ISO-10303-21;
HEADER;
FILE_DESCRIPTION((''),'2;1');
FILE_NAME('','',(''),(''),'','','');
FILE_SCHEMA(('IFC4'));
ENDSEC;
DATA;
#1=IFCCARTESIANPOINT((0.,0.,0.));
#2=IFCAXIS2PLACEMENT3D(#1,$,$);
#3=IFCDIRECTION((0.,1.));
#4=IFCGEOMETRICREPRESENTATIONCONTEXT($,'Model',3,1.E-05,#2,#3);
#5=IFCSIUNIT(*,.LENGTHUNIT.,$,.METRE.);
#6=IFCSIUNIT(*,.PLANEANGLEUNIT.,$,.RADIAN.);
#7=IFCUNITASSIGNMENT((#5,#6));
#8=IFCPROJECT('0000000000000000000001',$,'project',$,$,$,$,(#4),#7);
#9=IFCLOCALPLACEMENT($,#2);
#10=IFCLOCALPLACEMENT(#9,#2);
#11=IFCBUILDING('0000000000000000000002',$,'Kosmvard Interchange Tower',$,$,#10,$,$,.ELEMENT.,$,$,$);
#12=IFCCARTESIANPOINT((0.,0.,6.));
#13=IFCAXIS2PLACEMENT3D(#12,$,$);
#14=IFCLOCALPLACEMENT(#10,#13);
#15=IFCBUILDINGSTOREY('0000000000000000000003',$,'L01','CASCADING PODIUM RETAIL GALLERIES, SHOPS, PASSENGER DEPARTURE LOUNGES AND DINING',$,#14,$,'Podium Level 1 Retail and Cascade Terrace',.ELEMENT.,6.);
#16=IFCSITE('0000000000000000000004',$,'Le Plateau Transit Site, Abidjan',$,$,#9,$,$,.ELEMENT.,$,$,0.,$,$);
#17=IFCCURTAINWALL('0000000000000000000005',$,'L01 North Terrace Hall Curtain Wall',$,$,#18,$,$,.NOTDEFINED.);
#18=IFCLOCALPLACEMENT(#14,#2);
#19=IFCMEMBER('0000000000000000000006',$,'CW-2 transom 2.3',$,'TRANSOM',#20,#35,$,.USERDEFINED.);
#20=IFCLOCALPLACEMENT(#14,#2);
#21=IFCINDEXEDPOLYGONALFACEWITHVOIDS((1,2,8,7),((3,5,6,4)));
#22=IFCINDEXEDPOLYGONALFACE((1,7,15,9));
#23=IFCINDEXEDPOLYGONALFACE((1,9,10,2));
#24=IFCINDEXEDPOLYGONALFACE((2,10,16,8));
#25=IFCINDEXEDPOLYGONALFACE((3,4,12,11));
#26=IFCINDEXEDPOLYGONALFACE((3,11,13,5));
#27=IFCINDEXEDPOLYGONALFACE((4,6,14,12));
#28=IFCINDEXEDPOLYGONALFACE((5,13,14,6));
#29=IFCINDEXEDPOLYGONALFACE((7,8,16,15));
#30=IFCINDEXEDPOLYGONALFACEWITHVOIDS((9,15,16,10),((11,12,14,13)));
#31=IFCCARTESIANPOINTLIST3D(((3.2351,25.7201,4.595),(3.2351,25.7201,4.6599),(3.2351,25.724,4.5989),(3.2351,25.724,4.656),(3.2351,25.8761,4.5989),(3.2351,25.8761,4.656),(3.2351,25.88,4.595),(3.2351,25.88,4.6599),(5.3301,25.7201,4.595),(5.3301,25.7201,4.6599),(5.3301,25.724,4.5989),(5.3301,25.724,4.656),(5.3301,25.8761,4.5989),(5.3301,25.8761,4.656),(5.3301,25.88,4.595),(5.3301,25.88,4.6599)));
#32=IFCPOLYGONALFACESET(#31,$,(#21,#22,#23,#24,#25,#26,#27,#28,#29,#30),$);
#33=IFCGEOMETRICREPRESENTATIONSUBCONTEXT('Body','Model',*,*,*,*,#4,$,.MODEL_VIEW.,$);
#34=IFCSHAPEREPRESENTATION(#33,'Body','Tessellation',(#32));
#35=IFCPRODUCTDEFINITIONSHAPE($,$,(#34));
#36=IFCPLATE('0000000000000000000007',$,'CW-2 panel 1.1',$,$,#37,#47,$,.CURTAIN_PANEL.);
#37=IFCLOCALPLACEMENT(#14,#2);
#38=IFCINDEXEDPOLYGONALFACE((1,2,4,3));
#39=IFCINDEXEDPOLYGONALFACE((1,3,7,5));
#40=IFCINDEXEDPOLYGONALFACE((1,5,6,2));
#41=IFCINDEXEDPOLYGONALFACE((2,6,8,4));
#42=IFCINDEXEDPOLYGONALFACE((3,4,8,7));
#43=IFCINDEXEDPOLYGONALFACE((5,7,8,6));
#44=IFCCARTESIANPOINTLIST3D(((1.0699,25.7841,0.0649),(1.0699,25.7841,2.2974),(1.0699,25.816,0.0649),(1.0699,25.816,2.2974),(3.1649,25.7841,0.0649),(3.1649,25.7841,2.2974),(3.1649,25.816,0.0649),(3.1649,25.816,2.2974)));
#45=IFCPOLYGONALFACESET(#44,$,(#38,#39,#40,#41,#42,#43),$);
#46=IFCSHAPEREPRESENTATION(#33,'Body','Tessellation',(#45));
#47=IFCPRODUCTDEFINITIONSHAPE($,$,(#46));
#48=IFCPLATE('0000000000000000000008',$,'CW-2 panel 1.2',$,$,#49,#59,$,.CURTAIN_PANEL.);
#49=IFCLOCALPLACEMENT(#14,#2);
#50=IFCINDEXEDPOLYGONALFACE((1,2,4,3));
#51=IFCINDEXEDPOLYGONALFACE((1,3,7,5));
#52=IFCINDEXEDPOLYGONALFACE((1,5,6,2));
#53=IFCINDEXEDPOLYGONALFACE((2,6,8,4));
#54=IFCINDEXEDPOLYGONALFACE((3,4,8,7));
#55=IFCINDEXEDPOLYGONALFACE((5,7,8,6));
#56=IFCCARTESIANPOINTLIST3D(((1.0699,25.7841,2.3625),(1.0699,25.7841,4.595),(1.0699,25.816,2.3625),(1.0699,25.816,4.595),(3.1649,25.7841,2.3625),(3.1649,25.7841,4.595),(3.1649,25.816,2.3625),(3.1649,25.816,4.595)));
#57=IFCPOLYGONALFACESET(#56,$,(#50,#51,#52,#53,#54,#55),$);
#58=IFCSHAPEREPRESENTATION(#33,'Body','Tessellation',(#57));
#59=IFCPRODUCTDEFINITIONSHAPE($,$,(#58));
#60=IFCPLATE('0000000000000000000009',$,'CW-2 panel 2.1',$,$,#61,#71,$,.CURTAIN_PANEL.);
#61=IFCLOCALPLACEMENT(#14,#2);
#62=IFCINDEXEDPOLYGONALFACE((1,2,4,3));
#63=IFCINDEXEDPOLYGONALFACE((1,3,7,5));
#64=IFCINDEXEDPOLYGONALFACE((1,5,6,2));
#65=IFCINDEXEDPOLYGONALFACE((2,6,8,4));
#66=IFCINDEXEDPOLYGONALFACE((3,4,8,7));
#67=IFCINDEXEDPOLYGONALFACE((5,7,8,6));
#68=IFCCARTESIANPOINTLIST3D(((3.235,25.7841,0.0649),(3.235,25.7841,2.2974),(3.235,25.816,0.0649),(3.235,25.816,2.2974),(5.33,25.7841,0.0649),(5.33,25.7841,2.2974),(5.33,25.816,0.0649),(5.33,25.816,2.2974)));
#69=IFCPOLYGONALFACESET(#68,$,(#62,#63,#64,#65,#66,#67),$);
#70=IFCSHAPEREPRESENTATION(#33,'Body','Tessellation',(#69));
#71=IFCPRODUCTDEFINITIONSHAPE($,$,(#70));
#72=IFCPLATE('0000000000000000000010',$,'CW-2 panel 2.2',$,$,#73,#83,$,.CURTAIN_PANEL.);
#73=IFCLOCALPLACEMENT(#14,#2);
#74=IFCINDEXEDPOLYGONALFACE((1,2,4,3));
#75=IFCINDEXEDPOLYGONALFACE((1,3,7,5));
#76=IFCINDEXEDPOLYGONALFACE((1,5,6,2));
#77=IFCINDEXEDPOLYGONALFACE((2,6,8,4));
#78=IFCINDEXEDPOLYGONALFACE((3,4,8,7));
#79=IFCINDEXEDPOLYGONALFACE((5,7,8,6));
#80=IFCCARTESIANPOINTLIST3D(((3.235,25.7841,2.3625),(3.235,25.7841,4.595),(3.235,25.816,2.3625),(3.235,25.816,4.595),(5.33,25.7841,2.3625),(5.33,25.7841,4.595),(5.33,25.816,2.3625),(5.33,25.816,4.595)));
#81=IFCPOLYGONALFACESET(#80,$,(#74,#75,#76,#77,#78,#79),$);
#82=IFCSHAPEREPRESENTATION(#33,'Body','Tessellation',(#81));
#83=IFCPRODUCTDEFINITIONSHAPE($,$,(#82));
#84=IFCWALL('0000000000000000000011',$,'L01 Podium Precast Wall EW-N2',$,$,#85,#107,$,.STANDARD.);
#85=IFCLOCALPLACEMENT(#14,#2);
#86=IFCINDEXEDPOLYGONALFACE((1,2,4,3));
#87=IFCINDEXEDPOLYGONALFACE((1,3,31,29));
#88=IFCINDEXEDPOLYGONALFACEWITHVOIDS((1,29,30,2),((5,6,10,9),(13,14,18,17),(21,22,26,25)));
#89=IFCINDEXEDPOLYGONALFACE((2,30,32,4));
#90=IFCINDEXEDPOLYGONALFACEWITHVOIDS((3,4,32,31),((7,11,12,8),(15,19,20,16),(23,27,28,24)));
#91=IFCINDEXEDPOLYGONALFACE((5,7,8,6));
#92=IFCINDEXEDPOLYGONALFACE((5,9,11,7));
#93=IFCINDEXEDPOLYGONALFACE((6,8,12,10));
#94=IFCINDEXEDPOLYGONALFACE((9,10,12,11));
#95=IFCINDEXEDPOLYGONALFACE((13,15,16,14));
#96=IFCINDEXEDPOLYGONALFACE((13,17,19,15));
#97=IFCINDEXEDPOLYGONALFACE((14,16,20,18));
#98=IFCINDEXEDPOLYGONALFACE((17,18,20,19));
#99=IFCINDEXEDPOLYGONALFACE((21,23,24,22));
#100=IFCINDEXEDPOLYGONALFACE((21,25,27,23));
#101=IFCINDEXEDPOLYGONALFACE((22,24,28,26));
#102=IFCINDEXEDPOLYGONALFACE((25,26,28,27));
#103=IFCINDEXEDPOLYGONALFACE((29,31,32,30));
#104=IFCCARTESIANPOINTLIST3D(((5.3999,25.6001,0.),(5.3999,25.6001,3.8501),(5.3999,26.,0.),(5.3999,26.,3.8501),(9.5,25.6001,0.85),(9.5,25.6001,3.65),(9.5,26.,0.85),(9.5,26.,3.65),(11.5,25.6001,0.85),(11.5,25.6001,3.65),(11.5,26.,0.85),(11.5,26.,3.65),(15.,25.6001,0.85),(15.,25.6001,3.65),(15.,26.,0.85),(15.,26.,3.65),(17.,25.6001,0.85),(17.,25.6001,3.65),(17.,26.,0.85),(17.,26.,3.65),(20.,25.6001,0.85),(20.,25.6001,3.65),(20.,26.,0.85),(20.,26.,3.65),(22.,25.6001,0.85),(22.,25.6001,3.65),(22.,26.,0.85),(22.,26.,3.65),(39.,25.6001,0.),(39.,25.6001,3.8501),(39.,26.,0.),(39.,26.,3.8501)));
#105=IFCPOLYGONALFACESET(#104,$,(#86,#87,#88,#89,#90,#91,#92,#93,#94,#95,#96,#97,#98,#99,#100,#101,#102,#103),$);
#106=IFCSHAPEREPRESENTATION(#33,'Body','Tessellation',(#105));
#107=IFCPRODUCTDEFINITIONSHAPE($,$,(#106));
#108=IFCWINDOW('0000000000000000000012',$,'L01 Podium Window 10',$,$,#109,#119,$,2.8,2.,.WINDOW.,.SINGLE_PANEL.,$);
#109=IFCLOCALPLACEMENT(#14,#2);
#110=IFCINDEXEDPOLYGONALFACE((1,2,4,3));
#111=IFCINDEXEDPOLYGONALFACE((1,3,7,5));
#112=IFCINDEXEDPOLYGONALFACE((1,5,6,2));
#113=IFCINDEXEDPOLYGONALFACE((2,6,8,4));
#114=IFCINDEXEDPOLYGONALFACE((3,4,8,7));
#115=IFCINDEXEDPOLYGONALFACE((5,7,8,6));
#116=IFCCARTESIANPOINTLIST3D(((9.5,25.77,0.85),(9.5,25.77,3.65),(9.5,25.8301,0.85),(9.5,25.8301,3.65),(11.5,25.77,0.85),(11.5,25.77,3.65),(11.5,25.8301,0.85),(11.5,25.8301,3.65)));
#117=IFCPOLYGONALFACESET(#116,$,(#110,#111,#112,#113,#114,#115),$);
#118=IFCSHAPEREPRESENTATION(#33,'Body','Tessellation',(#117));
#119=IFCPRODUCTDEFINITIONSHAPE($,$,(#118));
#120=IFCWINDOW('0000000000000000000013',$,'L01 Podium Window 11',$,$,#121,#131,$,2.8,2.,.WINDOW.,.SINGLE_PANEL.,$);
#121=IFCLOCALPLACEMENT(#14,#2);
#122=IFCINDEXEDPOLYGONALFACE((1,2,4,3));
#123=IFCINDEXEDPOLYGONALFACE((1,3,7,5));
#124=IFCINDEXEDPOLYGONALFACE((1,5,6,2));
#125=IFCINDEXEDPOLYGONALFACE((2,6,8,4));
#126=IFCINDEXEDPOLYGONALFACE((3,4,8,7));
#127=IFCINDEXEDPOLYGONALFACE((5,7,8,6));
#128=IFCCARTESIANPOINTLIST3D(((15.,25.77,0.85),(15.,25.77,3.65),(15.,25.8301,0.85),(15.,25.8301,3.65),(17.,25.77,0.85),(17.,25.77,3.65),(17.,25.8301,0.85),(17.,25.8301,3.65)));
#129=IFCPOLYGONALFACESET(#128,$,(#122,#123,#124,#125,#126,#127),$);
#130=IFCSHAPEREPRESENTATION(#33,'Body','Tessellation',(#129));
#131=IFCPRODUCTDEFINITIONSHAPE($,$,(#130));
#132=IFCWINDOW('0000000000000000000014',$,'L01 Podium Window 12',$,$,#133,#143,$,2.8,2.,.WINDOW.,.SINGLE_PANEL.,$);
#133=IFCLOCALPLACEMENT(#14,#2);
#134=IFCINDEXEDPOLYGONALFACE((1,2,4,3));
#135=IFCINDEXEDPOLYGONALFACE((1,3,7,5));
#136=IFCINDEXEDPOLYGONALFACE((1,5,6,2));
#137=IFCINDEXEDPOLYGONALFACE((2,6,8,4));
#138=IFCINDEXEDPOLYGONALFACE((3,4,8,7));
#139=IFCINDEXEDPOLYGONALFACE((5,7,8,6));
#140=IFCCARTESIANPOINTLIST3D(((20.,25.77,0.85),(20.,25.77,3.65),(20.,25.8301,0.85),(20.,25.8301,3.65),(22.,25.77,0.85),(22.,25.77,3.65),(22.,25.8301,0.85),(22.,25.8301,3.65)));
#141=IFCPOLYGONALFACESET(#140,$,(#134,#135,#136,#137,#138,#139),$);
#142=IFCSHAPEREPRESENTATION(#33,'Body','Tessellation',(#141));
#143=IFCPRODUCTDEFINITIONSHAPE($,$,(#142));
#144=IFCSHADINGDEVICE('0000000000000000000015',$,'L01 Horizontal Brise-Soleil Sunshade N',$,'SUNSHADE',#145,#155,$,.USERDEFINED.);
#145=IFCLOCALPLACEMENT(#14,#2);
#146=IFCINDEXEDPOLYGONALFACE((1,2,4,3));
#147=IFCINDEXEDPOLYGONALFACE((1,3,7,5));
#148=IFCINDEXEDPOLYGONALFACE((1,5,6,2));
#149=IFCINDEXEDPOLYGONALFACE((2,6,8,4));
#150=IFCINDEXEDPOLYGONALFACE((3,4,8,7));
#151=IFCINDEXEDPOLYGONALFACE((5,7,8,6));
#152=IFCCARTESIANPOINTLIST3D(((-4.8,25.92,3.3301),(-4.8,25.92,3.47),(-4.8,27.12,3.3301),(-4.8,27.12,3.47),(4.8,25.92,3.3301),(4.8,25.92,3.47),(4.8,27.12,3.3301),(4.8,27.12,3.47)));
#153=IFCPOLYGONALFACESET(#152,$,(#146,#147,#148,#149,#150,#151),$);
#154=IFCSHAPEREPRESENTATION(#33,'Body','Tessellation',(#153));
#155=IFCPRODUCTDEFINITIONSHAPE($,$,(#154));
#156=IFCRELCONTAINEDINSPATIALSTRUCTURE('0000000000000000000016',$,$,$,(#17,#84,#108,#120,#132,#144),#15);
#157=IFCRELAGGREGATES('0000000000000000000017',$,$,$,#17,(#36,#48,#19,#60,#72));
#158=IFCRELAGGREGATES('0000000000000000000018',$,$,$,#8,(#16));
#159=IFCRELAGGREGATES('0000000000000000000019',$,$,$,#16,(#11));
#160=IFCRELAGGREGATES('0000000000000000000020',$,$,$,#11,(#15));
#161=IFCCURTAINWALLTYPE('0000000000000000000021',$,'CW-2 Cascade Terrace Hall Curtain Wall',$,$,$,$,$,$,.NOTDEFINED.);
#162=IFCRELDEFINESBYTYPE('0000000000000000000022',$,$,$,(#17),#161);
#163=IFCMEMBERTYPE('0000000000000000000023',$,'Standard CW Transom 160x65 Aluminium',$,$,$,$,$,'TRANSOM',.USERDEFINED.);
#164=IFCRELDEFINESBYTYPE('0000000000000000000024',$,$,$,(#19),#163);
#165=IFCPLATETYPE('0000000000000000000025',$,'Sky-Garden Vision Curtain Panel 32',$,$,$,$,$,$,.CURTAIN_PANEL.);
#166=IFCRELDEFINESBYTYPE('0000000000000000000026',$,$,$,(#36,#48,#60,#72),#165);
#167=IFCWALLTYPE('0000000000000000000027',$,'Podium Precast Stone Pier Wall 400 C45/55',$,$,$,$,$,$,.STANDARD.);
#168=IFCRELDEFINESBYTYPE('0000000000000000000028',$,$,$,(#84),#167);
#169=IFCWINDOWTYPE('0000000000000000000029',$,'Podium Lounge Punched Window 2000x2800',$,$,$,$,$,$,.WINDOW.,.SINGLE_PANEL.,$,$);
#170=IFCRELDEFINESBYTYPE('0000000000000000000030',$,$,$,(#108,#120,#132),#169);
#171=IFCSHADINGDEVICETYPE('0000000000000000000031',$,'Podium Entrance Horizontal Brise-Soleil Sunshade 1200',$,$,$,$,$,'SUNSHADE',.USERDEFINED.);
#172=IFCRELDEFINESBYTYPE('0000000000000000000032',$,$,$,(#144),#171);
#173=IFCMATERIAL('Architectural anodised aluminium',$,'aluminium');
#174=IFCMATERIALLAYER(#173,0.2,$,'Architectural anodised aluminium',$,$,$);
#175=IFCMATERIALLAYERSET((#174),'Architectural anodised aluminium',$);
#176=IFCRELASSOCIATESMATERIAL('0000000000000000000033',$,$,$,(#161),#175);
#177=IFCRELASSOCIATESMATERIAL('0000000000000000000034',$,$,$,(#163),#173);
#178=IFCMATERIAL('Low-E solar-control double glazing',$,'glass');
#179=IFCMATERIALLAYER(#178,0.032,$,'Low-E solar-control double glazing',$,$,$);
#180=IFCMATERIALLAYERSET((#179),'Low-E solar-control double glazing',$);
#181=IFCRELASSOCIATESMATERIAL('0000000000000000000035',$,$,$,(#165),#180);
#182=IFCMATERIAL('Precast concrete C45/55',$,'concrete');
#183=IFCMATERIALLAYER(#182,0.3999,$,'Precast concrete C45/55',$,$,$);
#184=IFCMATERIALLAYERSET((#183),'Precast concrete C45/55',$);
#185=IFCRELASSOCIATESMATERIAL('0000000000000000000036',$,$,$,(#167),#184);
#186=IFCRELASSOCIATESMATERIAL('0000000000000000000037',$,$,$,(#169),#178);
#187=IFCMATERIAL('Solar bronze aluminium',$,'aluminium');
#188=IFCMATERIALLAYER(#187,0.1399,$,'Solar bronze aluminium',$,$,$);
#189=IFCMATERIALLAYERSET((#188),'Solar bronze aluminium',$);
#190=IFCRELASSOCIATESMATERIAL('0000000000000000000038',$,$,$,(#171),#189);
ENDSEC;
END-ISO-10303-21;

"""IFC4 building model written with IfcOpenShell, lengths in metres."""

from ifc_helpers import new_model, si_unit, direction, frame, frame_2d, origin, origin_2d, place, context, subcontext, project, spatial, rectangle, hollow_rectangle, extrude, source, transform, mapped, material, layer, layer_set, material_profile, profile_set, type_object, element, fill, aggregate, save


model = new_model("IFC4")

# Units and contexts
model_context = context("Model", 3, precision=1e-05, world=origin(), true_north=direction((0.0, 1.0)))
body_context = subcontext(model_context, "Body", "Model", "MODEL_VIEW")
ifc_project = project(units=[si_unit("LENGTHUNIT", "METRE"), si_unit("PLANEANGLEUNIT", "RADIAN")], contexts=[model_context])

# Site, building, storey
site_placement = place(None, origin())
site = spatial("IfcSite", under=ifc_project, at=site_placement, Name="Le Plateau Transit Site, Abidjan", CompositionType="ELEMENT", RefElevation=0.0)
building_placement = place(site_placement, origin())
building = spatial("IfcBuilding", under=site, at=building_placement, Name="Kosmvard Interchange Tower", CompositionType="ELEMENT")
storey_placement = place(building_placement, frame((0.0, 0.0, 6.0)))
storey = spatial("IfcBuildingStorey", under=building, at=storey_placement, Name="L01", Description="CASCADING PODIUM RETAIL GALLERIES, SHOPS, PASSENGER DEPARTURE LOUNGES AND DINING", LongName="Podium Level 1 Retail and Cascade Terrace", CompositionType="ELEMENT", Elevation=6.0)

# Curtain wall, member, plates
ifc_material_1 = material(Name="Architectural anodised aluminium", Category="aluminium")
ifc_layer_1 = layer(ifc_material_1, 0.2, Name="Architectural anodised aluminium")
ifc_layer_set_1 = layer_set([ifc_layer_1], Name="Architectural anodised aluminium")
curtain_wall_type = type_object("IfcCurtainWallType", Name="CW-2 Cascade Terrace Hall Curtain Wall", PredefinedType="NOTDEFINED", material=ifc_layer_set_1)
curtain_wall_placement = place(storey_placement, origin())
curtain_wall = element("IfcCurtainWall", 1, at=curtain_wall_placement, inside=storey, type_object=curtain_wall_type, Name="L01 North Terrace Hall Curtain Wall", PredefinedType="NOTDEFINED")
ifc_material_profile_1 = material_profile(ifc_material_1, hollow_rectangle(XDim=0.1599, YDim=0.0649, WallThickness=0.0039, at=origin_2d()), Name="CWT 160x65x4")
ifc_profile_set_1 = profile_set([ifc_material_profile_1], Name="Architectural anodised aluminium")
member_type_1 = type_object("IfcMemberType", Name="Standard CW Transom 160x65 Aluminium", ElementType="TRANSOM", PredefinedType="USERDEFINED", material=ifc_profile_set_1)
shared_shape_1 = source(origin(), body_context, "Body", "SweptSolid", [
    extrude(hollow_rectangle(XDim=0.1599, YDim=0.0649, WallThickness=0.0039, at=origin_2d()), origin(), (0.0, 0.0, 1.0), 2.095),
])
member_1_placement = place(storey_placement, frame((3.2351, 25.8, 4.6274), z_axis=(1.0, 0.0, 0.0), x_axis=(0.0, 1.0, 0.0)))
member_1 = element("IfcMember", 2, at=member_1_placement, type_object=member_type_1, Name="CW-2 transom 2.3", ObjectType="TRANSOM", PredefinedType="USERDEFINED", context=body_context, shape_type="MappedRepresentation", body=[
    mapped(shared_shape_1, transform((0.0, 0.0, 0.0), scale=1.0)),
])
ifc_material_2 = material(Name="Low-E solar-control double glazing", Category="glass")
ifc_layer_2 = layer(ifc_material_2, 0.032, Name="Low-E solar-control double glazing")
ifc_layer_set_2 = layer_set([ifc_layer_2], Name="Low-E solar-control double glazing")
plate_type = type_object("IfcPlateType", Name="Sky-Garden Vision Curtain Panel 32", PredefinedType="CURTAIN_PANEL", material=ifc_layer_set_2)
shared_shape_2 = source(origin(), body_context, "Body", "SweptSolid", [
    extrude(rectangle(XDim=2.095, YDim=0.032, at=origin_2d()), origin(), (0.0, 0.0, 1.0), 2.2324),
])
plate_1_placement = place(storey_placement, frame((2.1174, 25.8, 0.0649), z_axis=(0.0, 0.0, 1.0), x_axis=(1.0, 0.0, 0.0)))
plate_1 = element("IfcPlate", 3, at=plate_1_placement, type_object=plate_type, Name="CW-2 panel 1.1", PredefinedType="CURTAIN_PANEL", context=body_context, shape_type="MappedRepresentation", body=[
    mapped(shared_shape_2, transform((0.0, 0.0, 0.0), scale=1.0)),
])
plate_2_placement = place(storey_placement, frame((2.1174, 25.8, 2.3625), z_axis=(0.0, 0.0, 1.0), x_axis=(1.0, 0.0, 0.0)))
plate_2 = element("IfcPlate", 4, at=plate_2_placement, type_object=plate_type, Name="CW-2 panel 1.2", PredefinedType="CURTAIN_PANEL", context=body_context, shape_type="MappedRepresentation", body=[
    mapped(shared_shape_2, transform((0.0, 0.0, 0.0), scale=1.0)),
])
plate_3_placement = place(storey_placement, frame((4.2825, 25.8, 0.0649), z_axis=(0.0, 0.0, 1.0), x_axis=(1.0, 0.0, 0.0)))
plate_3 = element("IfcPlate", 5, at=plate_3_placement, type_object=plate_type, Name="CW-2 panel 2.1", PredefinedType="CURTAIN_PANEL", context=body_context, shape_type="MappedRepresentation", body=[
    mapped(shared_shape_2, transform((0.0, 0.0, 0.0), scale=1.0)),
])
plate_4_placement = place(storey_placement, frame((4.2825, 25.8, 2.3625), z_axis=(0.0, 0.0, 1.0), x_axis=(1.0, 0.0, 0.0)))
plate_4 = element("IfcPlate", 6, at=plate_4_placement, type_object=plate_type, Name="CW-2 panel 2.2", PredefinedType="CURTAIN_PANEL", context=body_context, shape_type="MappedRepresentation", body=[
    mapped(shared_shape_2, transform((0.0, 0.0, 0.0), scale=1.0)),
])
aggregate(curtain_wall, [plate_1, plate_2, member_1, plate_3, plate_4])

# Wall, openings, windows
ifc_material_3 = material(Name="Precast concrete C45/55", Category="concrete")
ifc_layer_3 = layer(ifc_material_3, 0.3999, Name="Precast concrete C45/55")
ifc_layer_set_3 = layer_set([ifc_layer_3], Name="Precast concrete C45/55")
wall_type = type_object("IfcWallType", Name="Podium Precast Stone Pier Wall 400 C45/55", PredefinedType="STANDARD", material=ifc_layer_set_3)
wall_placement = place(storey_placement, frame((5.3999, 25.8, 0.0), z_axis=(0.0, 0.0, 1.0), x_axis=(1.0, 0.0, 0.0)))
wall = element("IfcWall", 7, at=wall_placement, inside=storey, type_object=wall_type, Name="L01 Podium Precast Wall EW-N2", PredefinedType="STANDARD", context=body_context, shape_type="SweptSolid", body=[
    extrude(rectangle(XDim=33.6001, YDim=0.3999, at=frame_2d((16.8, 0.0))), origin(), (0.0, 0.0, 1.0), 3.8501),
])
opening_1_placement = place(wall_placement, frame((4.1001, 0.0, 0.8501)))
opening_1 = element("IfcOpeningElement", 8, at=opening_1_placement, cuts=wall, PredefinedType="OPENING", context=body_context, shape_type="SweptSolid", body=[
    extrude(rectangle(XDim=2.0, YDim=2.8, at=frame_2d((1.0, 1.3999))), frame((0.0, 0.21, 0.0), z_axis=(0.0, -1.0, 0.0), x_axis=(1.0, 0.0, 0.0)), (0.0, 0.0, 1.0), 0.4199),
])
opening_2_placement = place(wall_placement, frame((9.6001, 0.0, 0.8501)))
opening_2 = element("IfcOpeningElement", 9, at=opening_2_placement, cuts=wall, PredefinedType="OPENING", context=body_context, shape_type="SweptSolid", body=[
    extrude(rectangle(XDim=2.0, YDim=2.8, at=frame_2d((1.0, 1.3999))), frame((0.0, 0.21, 0.0), z_axis=(0.0, -1.0, 0.0), x_axis=(1.0, 0.0, 0.0)), (0.0, 0.0, 1.0), 0.4199),
])
opening_3_placement = place(wall_placement, frame((14.6001, 0.0, 0.8501)))
opening_3 = element("IfcOpeningElement", 10, at=opening_3_placement, cuts=wall, PredefinedType="OPENING", context=body_context, shape_type="SweptSolid", body=[
    extrude(rectangle(XDim=2.0, YDim=2.8, at=frame_2d((1.0, 1.3999))), frame((0.0, 0.21, 0.0), z_axis=(0.0, -1.0, 0.0), x_axis=(1.0, 0.0, 0.0)), (0.0, 0.0, 1.0), 0.4199),
])
window_type = type_object("IfcWindowType", Name="Podium Lounge Punched Window 2000x2800", PartitioningType="SINGLE_PANEL", PredefinedType="WINDOW", material=ifc_material_2)
shared_shape_3 = source(origin(), body_context, "Body", "SweptSolid", [
    extrude(rectangle(XDim=2.0, YDim=2.8, at=frame_2d((1.0, 1.3999))), frame((0.0, 0.03, 0.0), z_axis=(0.0, -1.0, 0.0), x_axis=(1.0, 0.0, 0.0)), (0.0, 0.0, 1.0), 0.0601),
])
window_1_placement = place(opening_1_placement, origin())
window_1 = element("IfcWindow", 11, at=window_1_placement, inside=storey, type_object=window_type, Name="L01 Podium Window 10", OverallHeight=2.8, OverallWidth=2.0, PartitioningType="SINGLE_PANEL", PredefinedType="WINDOW", context=body_context, shape_type="MappedRepresentation", body=[
    mapped(shared_shape_3, transform((0.0, 0.0, 0.0), scale=1.0)),
])
fill(opening_1, window_1)
window_2_placement = place(opening_2_placement, origin())
window_2 = element("IfcWindow", 12, at=window_2_placement, inside=storey, type_object=window_type, Name="L01 Podium Window 11", OverallHeight=2.8, OverallWidth=2.0, PartitioningType="SINGLE_PANEL", PredefinedType="WINDOW", context=body_context, shape_type="MappedRepresentation", body=[
    mapped(shared_shape_3, transform((0.0, 0.0, 0.0), scale=1.0)),
])
fill(opening_2, window_2)
window_3_placement = place(opening_3_placement, origin())
window_3 = element("IfcWindow", 13, at=window_3_placement, inside=storey, type_object=window_type, Name="L01 Podium Window 12", OverallHeight=2.8, OverallWidth=2.0, PartitioningType="SINGLE_PANEL", PredefinedType="WINDOW", context=body_context, shape_type="MappedRepresentation", body=[
    mapped(shared_shape_3, transform((0.0, 0.0, 0.0), scale=1.0)),
])
fill(opening_3, window_3)

# Shading device
ifc_material_4 = material(Name="Solar bronze aluminium", Category="aluminium")
ifc_layer_4 = layer(ifc_material_4, 0.1399, Name="Solar bronze aluminium")
ifc_layer_set_4 = layer_set([ifc_layer_4], Name="Solar bronze aluminium")
shading_device_type = type_object("IfcShadingDeviceType", Name="Podium Entrance Horizontal Brise-Soleil Sunshade 1200", ElementType="SUNSHADE", PredefinedType="USERDEFINED", material=ifc_layer_set_4)
shared_shape_4 = source(origin(), body_context, "Body", "SweptSolid", [
    extrude(rectangle(XDim=9.6001, YDim=1.2, at=origin_2d()), origin(), (0.0, 0.0, 1.0), 0.1399),
])
shading_device_placement = place(storey_placement, frame((0.0, 26.52, 3.3301), z_axis=(0.0, 0.0, 1.0), x_axis=(1.0, 0.0, 0.0)))
element("IfcShadingDevice", 14, at=shading_device_placement, inside=storey, type_object=shading_device_type, Name="L01 Horizontal Brise-Soleil Sunshade N", ObjectType="SUNSHADE", PredefinedType="USERDEFINED", context=body_context, shape_type="MappedRepresentation", body=[
    mapped(shared_shape_4, transform((0.0, 0.0, 0.0), scale=1.0)),
])

save(model, "model.ifc")
